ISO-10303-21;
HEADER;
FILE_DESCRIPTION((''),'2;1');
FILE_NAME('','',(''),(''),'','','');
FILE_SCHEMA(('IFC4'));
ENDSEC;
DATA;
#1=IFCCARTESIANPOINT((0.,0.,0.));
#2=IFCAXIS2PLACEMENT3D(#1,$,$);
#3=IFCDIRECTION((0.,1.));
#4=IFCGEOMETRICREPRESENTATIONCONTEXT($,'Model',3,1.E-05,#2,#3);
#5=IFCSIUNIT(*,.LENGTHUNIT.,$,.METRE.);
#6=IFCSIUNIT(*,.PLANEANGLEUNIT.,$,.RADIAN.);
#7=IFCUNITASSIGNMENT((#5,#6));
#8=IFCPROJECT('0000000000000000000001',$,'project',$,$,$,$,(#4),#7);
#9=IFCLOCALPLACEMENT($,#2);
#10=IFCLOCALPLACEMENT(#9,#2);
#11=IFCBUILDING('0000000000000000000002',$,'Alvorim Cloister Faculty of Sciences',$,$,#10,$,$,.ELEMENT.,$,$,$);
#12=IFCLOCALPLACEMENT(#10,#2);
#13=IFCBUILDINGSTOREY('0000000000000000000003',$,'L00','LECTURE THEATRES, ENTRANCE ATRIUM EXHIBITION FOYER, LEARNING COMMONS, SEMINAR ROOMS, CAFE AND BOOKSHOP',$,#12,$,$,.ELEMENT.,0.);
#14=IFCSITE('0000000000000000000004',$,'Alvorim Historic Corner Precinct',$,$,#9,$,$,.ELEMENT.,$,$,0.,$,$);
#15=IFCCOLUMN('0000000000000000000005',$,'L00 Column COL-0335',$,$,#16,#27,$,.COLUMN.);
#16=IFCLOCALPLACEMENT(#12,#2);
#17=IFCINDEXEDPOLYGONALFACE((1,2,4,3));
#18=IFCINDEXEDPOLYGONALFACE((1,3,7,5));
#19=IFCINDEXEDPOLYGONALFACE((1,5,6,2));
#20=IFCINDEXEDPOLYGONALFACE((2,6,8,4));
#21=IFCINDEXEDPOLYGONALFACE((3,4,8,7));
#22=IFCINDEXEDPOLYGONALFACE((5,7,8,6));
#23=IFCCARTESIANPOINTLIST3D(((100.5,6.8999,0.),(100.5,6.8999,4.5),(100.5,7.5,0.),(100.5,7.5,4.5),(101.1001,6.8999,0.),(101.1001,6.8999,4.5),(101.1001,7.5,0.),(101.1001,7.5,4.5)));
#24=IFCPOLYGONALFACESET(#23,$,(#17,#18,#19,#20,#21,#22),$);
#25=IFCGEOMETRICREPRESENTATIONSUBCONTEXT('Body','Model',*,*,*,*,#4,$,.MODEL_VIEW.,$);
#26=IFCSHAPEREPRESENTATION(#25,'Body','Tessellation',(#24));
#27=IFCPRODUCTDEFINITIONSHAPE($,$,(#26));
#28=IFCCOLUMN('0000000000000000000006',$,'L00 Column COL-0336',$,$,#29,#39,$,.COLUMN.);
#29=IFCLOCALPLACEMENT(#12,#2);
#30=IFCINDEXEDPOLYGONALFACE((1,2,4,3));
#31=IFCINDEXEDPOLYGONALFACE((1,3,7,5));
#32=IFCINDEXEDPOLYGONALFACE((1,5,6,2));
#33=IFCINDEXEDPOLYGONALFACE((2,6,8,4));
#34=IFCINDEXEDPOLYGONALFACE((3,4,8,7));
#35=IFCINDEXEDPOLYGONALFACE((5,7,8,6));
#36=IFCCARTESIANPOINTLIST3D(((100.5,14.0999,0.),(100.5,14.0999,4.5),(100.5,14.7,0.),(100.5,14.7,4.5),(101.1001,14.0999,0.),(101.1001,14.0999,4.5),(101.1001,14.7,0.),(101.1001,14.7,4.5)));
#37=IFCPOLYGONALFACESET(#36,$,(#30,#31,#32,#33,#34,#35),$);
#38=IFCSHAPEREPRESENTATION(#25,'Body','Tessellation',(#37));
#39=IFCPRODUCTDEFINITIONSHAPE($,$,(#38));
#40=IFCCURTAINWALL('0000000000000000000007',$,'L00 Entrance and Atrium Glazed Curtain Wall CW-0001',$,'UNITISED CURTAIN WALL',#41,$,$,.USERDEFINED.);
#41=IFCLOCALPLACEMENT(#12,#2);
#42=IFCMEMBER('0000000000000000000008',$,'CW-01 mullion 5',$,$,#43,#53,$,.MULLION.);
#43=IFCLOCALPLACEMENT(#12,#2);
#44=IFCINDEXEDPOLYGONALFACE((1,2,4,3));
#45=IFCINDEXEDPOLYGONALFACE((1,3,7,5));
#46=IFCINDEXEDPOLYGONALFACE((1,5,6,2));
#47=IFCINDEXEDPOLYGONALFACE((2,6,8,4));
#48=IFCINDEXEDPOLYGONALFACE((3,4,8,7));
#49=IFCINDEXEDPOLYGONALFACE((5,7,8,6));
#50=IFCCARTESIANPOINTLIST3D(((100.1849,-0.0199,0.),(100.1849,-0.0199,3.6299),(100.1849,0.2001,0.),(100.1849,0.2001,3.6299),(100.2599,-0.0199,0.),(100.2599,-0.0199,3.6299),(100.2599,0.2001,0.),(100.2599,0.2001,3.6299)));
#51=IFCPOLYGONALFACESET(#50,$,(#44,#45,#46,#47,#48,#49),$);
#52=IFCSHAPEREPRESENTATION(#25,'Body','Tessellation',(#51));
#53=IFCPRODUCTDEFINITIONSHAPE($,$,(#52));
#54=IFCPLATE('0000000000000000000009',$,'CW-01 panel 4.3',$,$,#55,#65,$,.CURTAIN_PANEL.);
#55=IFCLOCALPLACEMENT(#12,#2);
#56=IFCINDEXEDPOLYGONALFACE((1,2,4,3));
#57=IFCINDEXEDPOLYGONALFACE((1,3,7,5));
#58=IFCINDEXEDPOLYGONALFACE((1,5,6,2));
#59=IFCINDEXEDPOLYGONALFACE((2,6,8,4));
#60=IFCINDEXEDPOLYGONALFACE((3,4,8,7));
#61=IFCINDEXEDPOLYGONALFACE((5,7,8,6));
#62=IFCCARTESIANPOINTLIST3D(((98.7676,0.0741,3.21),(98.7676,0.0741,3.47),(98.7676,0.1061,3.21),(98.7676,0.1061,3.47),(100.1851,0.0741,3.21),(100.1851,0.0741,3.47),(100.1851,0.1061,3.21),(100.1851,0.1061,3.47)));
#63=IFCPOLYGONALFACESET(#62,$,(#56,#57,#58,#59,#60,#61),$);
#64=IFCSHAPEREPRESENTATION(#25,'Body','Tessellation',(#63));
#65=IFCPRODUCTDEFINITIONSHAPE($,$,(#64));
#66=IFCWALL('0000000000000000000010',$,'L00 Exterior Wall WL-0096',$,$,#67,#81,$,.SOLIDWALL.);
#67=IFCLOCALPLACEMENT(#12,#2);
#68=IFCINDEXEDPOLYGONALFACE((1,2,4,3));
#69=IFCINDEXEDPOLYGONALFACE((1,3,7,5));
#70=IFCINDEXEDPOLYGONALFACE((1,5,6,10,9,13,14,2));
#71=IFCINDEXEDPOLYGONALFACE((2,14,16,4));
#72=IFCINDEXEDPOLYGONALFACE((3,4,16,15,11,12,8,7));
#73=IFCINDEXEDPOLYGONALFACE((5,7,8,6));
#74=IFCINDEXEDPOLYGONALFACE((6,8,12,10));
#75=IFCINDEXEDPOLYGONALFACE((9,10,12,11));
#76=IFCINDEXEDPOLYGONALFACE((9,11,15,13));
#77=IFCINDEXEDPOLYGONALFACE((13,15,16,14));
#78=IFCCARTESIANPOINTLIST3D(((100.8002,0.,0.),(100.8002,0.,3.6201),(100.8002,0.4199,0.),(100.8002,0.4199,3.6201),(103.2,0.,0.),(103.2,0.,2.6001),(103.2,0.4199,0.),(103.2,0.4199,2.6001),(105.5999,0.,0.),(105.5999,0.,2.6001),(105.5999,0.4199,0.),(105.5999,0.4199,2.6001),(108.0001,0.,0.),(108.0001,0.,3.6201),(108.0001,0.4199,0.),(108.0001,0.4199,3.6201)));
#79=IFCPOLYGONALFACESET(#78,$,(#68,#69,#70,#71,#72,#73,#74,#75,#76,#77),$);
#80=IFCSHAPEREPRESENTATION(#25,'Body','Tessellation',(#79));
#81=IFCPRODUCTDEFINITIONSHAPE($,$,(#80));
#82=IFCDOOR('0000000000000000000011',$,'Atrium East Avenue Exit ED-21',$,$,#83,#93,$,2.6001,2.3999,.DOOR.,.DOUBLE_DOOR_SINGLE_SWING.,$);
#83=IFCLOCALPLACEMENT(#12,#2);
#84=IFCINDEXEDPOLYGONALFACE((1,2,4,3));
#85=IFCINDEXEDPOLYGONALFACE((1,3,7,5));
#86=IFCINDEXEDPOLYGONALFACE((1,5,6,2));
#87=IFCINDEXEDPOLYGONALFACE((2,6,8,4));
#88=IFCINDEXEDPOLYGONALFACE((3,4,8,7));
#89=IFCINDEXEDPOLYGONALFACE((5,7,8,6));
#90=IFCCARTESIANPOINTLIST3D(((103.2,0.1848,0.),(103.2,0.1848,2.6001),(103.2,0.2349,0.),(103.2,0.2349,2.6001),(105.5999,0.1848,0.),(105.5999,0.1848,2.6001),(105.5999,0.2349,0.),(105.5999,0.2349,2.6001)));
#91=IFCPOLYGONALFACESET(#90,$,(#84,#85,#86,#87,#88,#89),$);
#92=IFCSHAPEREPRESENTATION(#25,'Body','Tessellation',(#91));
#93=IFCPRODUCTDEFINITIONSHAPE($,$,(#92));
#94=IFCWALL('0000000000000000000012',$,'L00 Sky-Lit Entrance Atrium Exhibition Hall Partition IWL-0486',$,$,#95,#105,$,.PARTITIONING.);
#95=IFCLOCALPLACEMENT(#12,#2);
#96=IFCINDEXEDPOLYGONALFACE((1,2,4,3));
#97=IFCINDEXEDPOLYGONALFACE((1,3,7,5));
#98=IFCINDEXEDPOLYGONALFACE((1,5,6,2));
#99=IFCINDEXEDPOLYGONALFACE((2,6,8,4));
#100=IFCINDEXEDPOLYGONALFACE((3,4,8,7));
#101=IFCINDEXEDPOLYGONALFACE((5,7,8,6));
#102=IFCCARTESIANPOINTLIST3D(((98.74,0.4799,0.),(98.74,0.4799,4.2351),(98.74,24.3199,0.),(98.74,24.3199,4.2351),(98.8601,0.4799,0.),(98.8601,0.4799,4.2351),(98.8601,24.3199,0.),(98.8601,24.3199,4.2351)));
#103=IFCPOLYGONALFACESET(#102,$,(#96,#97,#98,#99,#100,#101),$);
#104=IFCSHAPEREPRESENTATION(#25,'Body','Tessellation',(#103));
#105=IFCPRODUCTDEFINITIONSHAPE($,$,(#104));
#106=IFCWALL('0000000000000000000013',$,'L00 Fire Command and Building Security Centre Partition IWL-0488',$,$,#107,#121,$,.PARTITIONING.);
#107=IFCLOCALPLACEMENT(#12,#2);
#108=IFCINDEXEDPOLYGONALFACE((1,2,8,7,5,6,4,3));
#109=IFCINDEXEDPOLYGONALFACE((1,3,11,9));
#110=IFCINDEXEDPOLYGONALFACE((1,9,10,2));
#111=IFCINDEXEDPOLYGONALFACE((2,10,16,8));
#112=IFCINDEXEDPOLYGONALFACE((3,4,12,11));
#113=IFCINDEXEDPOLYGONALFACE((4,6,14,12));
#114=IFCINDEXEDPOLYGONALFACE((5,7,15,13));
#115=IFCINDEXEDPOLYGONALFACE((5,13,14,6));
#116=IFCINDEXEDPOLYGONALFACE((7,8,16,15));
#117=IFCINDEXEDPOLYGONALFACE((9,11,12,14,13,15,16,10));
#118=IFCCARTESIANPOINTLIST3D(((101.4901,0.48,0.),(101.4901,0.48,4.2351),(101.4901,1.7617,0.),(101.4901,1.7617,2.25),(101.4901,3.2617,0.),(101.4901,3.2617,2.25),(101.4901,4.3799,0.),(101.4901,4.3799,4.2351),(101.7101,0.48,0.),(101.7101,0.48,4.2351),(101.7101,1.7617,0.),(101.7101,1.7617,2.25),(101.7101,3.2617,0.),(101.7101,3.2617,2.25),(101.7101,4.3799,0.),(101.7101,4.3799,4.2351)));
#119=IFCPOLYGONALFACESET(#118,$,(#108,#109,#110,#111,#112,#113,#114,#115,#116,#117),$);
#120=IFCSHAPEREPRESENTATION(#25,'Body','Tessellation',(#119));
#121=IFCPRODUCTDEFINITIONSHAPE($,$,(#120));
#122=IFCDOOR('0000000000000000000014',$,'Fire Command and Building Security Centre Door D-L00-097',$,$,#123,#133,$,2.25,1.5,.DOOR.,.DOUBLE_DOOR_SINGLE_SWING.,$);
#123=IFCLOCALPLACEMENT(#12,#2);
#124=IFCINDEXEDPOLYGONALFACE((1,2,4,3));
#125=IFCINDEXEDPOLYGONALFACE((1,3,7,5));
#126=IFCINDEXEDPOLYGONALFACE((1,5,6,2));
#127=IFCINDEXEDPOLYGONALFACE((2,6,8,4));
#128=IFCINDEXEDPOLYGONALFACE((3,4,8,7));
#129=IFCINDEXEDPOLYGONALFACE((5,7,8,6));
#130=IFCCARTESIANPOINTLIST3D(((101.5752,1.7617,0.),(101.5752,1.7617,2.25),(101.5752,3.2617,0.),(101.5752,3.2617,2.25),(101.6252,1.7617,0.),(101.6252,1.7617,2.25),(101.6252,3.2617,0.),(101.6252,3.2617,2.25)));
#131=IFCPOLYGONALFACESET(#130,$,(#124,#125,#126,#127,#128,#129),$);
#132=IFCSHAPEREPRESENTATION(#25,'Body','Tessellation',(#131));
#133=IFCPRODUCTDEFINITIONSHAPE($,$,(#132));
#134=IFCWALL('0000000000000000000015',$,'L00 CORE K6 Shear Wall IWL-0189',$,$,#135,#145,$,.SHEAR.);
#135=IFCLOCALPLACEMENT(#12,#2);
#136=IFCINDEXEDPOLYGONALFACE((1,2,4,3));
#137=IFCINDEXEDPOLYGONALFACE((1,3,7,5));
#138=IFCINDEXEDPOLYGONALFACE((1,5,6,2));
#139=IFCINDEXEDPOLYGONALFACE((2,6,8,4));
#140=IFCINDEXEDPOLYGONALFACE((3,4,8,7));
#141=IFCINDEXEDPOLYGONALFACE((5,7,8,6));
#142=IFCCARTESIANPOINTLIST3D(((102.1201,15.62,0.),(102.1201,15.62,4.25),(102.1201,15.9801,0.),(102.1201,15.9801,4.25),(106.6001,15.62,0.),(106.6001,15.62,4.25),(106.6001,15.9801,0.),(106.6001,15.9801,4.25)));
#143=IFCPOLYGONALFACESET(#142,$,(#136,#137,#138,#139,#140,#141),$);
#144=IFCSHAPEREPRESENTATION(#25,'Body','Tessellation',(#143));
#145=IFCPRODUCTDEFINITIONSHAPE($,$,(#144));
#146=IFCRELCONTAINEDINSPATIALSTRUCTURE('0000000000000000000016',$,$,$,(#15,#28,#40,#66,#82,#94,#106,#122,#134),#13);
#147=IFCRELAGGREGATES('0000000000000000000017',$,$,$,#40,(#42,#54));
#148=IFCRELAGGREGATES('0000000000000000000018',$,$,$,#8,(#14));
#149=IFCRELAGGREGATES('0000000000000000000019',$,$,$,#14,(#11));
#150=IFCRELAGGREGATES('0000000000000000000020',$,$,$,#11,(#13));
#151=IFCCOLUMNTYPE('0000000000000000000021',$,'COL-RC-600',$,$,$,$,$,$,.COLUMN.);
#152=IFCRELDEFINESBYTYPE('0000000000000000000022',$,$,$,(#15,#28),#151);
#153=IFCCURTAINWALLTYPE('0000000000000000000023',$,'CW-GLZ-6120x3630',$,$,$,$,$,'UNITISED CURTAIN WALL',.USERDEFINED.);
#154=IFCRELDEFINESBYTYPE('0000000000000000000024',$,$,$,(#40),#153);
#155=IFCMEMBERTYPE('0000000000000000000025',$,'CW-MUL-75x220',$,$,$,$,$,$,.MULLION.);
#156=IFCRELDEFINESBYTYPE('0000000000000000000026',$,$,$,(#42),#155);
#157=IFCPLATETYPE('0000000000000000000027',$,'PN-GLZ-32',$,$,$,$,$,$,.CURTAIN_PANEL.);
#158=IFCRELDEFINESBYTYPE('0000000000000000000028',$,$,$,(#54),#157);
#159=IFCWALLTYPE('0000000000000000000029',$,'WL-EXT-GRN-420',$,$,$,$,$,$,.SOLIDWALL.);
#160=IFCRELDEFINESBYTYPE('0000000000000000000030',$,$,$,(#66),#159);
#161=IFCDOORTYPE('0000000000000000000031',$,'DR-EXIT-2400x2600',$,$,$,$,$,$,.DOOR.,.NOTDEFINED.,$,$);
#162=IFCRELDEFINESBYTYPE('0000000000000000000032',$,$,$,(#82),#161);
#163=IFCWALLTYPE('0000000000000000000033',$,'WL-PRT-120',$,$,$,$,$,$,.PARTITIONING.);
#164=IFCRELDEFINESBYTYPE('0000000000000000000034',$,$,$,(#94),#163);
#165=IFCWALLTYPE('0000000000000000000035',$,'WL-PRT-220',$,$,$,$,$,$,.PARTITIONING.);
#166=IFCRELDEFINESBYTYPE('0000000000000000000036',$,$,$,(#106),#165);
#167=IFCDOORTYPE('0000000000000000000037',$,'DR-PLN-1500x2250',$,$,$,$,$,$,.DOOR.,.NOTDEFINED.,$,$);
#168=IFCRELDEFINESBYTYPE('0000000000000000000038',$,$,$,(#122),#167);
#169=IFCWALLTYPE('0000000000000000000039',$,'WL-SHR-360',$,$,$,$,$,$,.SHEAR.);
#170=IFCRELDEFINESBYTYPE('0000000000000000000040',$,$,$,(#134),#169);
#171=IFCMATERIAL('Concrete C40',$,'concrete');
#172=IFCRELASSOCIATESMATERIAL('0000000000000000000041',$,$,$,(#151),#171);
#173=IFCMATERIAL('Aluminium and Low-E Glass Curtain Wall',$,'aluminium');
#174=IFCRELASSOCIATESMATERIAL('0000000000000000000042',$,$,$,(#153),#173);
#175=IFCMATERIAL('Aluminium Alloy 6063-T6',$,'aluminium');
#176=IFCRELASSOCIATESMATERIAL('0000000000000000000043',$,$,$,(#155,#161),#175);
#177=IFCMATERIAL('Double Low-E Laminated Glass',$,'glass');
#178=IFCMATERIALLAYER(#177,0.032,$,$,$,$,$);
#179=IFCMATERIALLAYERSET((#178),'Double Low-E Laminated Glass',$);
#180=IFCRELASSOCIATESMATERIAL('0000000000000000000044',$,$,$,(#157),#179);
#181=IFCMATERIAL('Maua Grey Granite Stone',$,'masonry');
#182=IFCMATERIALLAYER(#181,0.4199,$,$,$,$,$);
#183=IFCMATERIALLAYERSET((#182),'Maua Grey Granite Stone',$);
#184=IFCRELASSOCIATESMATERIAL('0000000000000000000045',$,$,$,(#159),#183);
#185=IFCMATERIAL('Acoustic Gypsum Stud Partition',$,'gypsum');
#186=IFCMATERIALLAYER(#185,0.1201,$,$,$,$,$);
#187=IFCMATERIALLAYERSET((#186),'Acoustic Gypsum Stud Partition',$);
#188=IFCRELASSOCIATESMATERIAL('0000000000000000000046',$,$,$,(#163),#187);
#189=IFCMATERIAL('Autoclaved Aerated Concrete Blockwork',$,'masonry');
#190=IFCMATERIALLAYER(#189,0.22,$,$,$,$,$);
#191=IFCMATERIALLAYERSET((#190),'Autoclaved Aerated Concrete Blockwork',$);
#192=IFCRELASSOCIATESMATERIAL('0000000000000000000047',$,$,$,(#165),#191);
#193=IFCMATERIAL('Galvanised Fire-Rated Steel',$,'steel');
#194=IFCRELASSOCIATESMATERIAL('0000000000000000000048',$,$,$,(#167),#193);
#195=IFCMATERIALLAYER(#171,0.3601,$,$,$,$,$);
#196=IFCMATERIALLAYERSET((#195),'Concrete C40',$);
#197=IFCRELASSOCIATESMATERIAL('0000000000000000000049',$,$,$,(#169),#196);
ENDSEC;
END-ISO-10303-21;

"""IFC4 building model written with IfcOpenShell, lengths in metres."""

from ifc_helpers import new_model, si_unit, direction, frame, frame_2d, origin, origin_2d, place, context, subcontext, project, spatial, rectangle, extrude, material, layer, layer_set, material_profile, profile_set, type_object, element, fill, aggregate, save


model = new_model("IFC4")

# Units and contexts
model_context = context("Model", 3, precision=1e-05, world=origin(), true_north=direction((0.0, 1.0)))
body_context = subcontext(model_context, "Body", "Model", "MODEL_VIEW")
ifc_project = project(units=[si_unit("LENGTHUNIT", "METRE"), si_unit("PLANEANGLEUNIT", "RADIAN")], contexts=[model_context])

# Site, building, storey
site_placement = place(None, origin())
site = spatial("IfcSite", under=ifc_project, at=site_placement, Name="Alvorim Historic Corner Precinct", CompositionType="ELEMENT", RefElevation=0.0)
building_placement = place(site_placement, origin())
building = spatial("IfcBuilding", under=site, at=building_placement, Name="Alvorim Cloister Faculty of Sciences", CompositionType="ELEMENT")
storey_placement = place(building_placement, origin())
storey = spatial("IfcBuildingStorey", under=building, at=storey_placement, Name="L00", Description="LECTURE THEATRES, ENTRANCE ATRIUM EXHIBITION FOYER, LEARNING COMMONS, SEMINAR ROOMS, CAFE AND BOOKSHOP", CompositionType="ELEMENT", Elevation=0.0)

# Columns
ifc_material_1 = material(Name="Concrete C40", Category="concrete")
ifc_material_profile_1 = material_profile(ifc_material_1, rectangle(XDim=0.6001, YDim=0.6001, at=origin_2d()), Name="RC40-COL-600x600")
ifc_profile_set_1 = profile_set([ifc_material_profile_1], Name="Concrete C40")
column_type = type_object("IfcColumnType", Name="COL-RC-600", PredefinedType="COLUMN", material=ifc_profile_set_1)
for number, where, z_axis, x_axis, name in (
    (1, (100.8, 7.2, 0.0), (0.0, 0.0, 1.0), (1.0, 0.0, 0.0), "L00 Column COL-0335"),
    (2, (100.8, 14.3999, 0.0), (0.0, 0.0, 1.0), (1.0, 0.0, 0.0), "L00 Column COL-0336"),
):
    element("IfcColumn", number, at=place(storey_placement, frame(where, z_axis=z_axis, x_axis=x_axis)), inside=storey, type_object=column_type, Name=name, PredefinedType="COLUMN", context=body_context, shape_type="SweptSolid", body=[
        extrude(rectangle(XDim=0.6001, YDim=0.6001, at=origin_2d()), origin(), (0.0, 0.0, 1.0), 4.5),
    ])

# Curtain wall, member, plate
ifc_material_2 = material(Name="Aluminium and Low-E Glass Curtain Wall", Category="aluminium")
curtain_wall_type = type_object("IfcCurtainWallType", Name="CW-GLZ-6120x3630", ElementType="UNITISED CURTAIN WALL", PredefinedType="USERDEFINED", material=ifc_material_2)
curtain_wall_placement = place(storey_placement, origin())
curtain_wall = element("IfcCurtainWall", 3, at=curtain_wall_placement, inside=storey, type_object=curtain_wall_type, Name="L00 Entrance and Atrium Glazed Curtain Wall CW-0001", ObjectType="UNITISED CURTAIN WALL", PredefinedType="USERDEFINED")
ifc_material_3 = material(Name="Aluminium Alloy 6063-T6", Category="aluminium")
ifc_material_profile_2 = material_profile(ifc_material_3, rectangle(XDim=0.075, YDim=0.22, at=origin_2d()), Name="ALU-MUL-75x220")
ifc_profile_set_2 = profile_set([ifc_material_profile_2], Name="Aluminium Alloy 6063-T6")
member_type = type_object("IfcMemberType", Name="CW-MUL-75x220", PredefinedType="MULLION", material=ifc_profile_set_2)
member_placement = place(storey_placement, frame((100.2224, 0.0901, 0.0), z_axis=(0.0, 0.0, 1.0), x_axis=(1.0, 0.0, 0.0)))
member = element("IfcMember", 4, at=member_placement, type_object=member_type, Name="CW-01 mullion 5", PredefinedType="MULLION", context=body_context, shape_type="SweptSolid", body=[
    extrude(rectangle(XDim=0.075, YDim=0.22, at=origin_2d()), origin(), (0.0, 0.0, 1.0), 3.6299),
])
ifc_material_4 = material(Name="Double Low-E Laminated Glass", Category="glass")
ifc_layer_1 = layer(ifc_material_4, 0.032)
ifc_layer_set_1 = layer_set([ifc_layer_1], Name="Double Low-E Laminated Glass")
plate_type = type_object("IfcPlateType", Name="PN-GLZ-32", PredefinedType="CURTAIN_PANEL", material=ifc_layer_set_1)
plate_placement = place(storey_placement, frame((99.4763, 0.0901, 3.21), z_axis=(0.0, 0.0, 1.0), x_axis=(1.0, 0.0, 0.0)))
plate = element("IfcPlate", 5, at=plate_placement, type_object=plate_type, Name="CW-01 panel 4.3", PredefinedType="CURTAIN_PANEL", context=body_context, shape_type="SweptSolid", body=[
    extrude(rectangle(XDim=1.4175, YDim=0.032, at=origin_2d()), origin(), (0.0, 0.0, 1.0), 0.26),
])
aggregate(curtain_wall, [member, plate])

# Wall, opening, door
ifc_material_5 = material(Name="Maua Grey Granite Stone", Category="masonry")
ifc_layer_2 = layer(ifc_material_5, 0.4199)
ifc_layer_set_2 = layer_set([ifc_layer_2], Name="Maua Grey Granite Stone")
wall_type_1 = type_object("IfcWallType", Name="WL-EXT-GRN-420", PredefinedType="SOLIDWALL", material=ifc_layer_set_2)
wall_1_placement = place(storey_placement, frame((100.8, 0.21, 0.0), z_axis=(0.0, 0.0, 1.0), x_axis=(1.0, 0.0, 0.0)))
wall_1 = element("IfcWall", 6, at=wall_1_placement, inside=storey, type_object=wall_type_1, Name="L00 Exterior Wall WL-0096", PredefinedType="SOLIDWALL", context=body_context, shape_type="SweptSolid", body=[
    extrude(rectangle(XDim=7.2, YDim=0.4199, at=frame_2d((3.6001, 0.0))), origin(), (0.0, 0.0, 1.0), 3.6201),
])
opening_1_placement = place(wall_1_placement, frame((2.3999, 0.0, 0.0)))
opening_1 = element("IfcOpeningElement", 7, at=opening_1_placement, cuts=wall_1, PredefinedType="OPENING", context=body_context, shape_type="SweptSolid", body=[
    extrude(rectangle(XDim=2.3999, YDim=2.6001, at=frame_2d((1.2, 1.3))), frame((0.0, 0.2219, 0.0), z_axis=(0.0, -1.0, 0.0), x_axis=(1.0, 0.0, 0.0)), (0.0, 0.0, 1.0), 0.4438),
])
door_type_1 = type_object("IfcDoorType", Name="DR-EXIT-2400x2600", OperationType="NOTDEFINED", PredefinedType="DOOR", material=ifc_material_3)
door_1_placement = place(opening_1_placement, origin())
door_1 = element("IfcDoor", 8, at=door_1_placement, inside=storey, type_object=door_type_1, Name="Atrium East Avenue Exit ED-21", OperationType="DOUBLE_DOOR_SINGLE_SWING", OverallHeight=2.6001, OverallWidth=2.3999, PredefinedType="DOOR", context=body_context, shape_type="SweptSolid", body=[
    extrude(rectangle(XDim=2.3999, YDim=2.6001, at=frame_2d((1.2, 1.3))), frame((0.0, 0.0249, 0.0), z_axis=(0.0, -1.0, 0.0), x_axis=(1.0, 0.0, 0.0)), (0.0, 0.0, 1.0), 0.05),
])
fill(opening_1, door_1)

# Wall
ifc_material_6 = material(Name="Acoustic Gypsum Stud Partition", Category="gypsum")
ifc_layer_3 = layer(ifc_material_6, 0.1201)
ifc_layer_set_3 = layer_set([ifc_layer_3], Name="Acoustic Gypsum Stud Partition")
wall_type_2 = type_object("IfcWallType", Name="WL-PRT-120", PredefinedType="PARTITIONING", material=ifc_layer_set_3)
wall_2_placement = place(storey_placement, frame((98.8, 0.48, 0.0), z_axis=(0.0, 0.0, 1.0), x_axis=(0.0, 1.0, 0.0)))
element("IfcWall", 9, at=wall_2_placement, inside=storey, type_object=wall_type_2, Name="L00 Sky-Lit Entrance Atrium Exhibition Hall Partition IWL-0486", PredefinedType="PARTITIONING", context=body_context, shape_type="SweptSolid", body=[
    extrude(rectangle(XDim=23.8401, YDim=0.1201, at=frame_2d((11.9199, 0.0))), origin(), (0.0, 0.0, 1.0), 4.2351),
])

# Wall, opening, door
ifc_material_7 = material(Name="Autoclaved Aerated Concrete Blockwork", Category="masonry")
ifc_layer_4 = layer(ifc_material_7, 0.22)
ifc_layer_set_4 = layer_set([ifc_layer_4], Name="Autoclaved Aerated Concrete Blockwork")
wall_type_3 = type_object("IfcWallType", Name="WL-PRT-220", PredefinedType="PARTITIONING", material=ifc_layer_set_4)
wall_3_placement = place(storey_placement, frame((101.6001, 0.48, 0.0), z_axis=(0.0, 0.0, 1.0), x_axis=(0.0, 1.0, 0.0)))
wall_3 = element("IfcWall", 10, at=wall_3_placement, inside=storey, type_object=wall_type_3, Name="L00 Fire Command and Building Security Centre Partition IWL-0488", PredefinedType="PARTITIONING", context=body_context, shape_type="SweptSolid", body=[
    extrude(rectangle(XDim=3.8999, YDim=0.22, at=frame_2d((1.95, 0.0))), origin(), (0.0, 0.0, 1.0), 4.2351),
])
opening_2_placement = place(wall_3_placement, frame((1.2817, 0.0, 0.0)))
opening_2 = element("IfcOpeningElement", 11, at=opening_2_placement, cuts=wall_3, PredefinedType="OPENING", context=body_context, shape_type="SweptSolid", body=[
    extrude(rectangle(XDim=1.5, YDim=2.25, at=frame_2d((0.75, 1.125))), frame((0.0, 0.1221, 0.0), z_axis=(0.0, -1.0, 0.0), x_axis=(1.0, 0.0, 0.0)), (0.0, 0.0, 1.0), 0.2439),
])
ifc_material_8 = material(Name="Galvanised Fire-Rated Steel", Category="steel")
door_type_2 = type_object("IfcDoorType", Name="DR-PLN-1500x2250", OperationType="NOTDEFINED", PredefinedType="DOOR", material=ifc_material_8)
door_2_placement = place(opening_2_placement, origin())
door_2 = element("IfcDoor", 12, at=door_2_placement, inside=storey, type_object=door_type_2, Name="Fire Command and Building Security Centre Door D-L00-097", OperationType="DOUBLE_DOOR_SINGLE_SWING", OverallHeight=2.25, OverallWidth=1.5, PredefinedType="DOOR", context=body_context, shape_type="SweptSolid", body=[
    extrude(rectangle(XDim=1.5, YDim=2.25, at=frame_2d((0.75, 1.125))), frame((0.0, 0.0249, 0.0), z_axis=(0.0, -1.0, 0.0), x_axis=(1.0, 0.0, 0.0)), (0.0, 0.0, 1.0), 0.05),
])
fill(opening_2, door_2)

# Wall
ifc_layer_5 = layer(ifc_material_1, 0.3601)
ifc_layer_set_5 = layer_set([ifc_layer_5], Name="Concrete C40")
wall_type_4 = type_object("IfcWallType", Name="WL-SHR-360", PredefinedType="SHEAR", material=ifc_layer_set_5)
wall_4_placement = place(storey_placement, frame((102.1201, 15.8, 0.0), z_axis=(0.0, 0.0, 1.0), x_axis=(1.0, 0.0, 0.0)))
element("IfcWall", 13, at=wall_4_placement, inside=storey, type_object=wall_type_4, Name="L00 CORE K6 Shear Wall IWL-0189", PredefinedType="SHEAR", context=body_context, shape_type="SweptSolid", body=[
    extrude(rectangle(XDim=4.48, YDim=0.3601, at=frame_2d((2.24, 0.0))), origin(), (0.0, 0.0, 1.0), 4.25),
])

save(model, "model.ifc")
